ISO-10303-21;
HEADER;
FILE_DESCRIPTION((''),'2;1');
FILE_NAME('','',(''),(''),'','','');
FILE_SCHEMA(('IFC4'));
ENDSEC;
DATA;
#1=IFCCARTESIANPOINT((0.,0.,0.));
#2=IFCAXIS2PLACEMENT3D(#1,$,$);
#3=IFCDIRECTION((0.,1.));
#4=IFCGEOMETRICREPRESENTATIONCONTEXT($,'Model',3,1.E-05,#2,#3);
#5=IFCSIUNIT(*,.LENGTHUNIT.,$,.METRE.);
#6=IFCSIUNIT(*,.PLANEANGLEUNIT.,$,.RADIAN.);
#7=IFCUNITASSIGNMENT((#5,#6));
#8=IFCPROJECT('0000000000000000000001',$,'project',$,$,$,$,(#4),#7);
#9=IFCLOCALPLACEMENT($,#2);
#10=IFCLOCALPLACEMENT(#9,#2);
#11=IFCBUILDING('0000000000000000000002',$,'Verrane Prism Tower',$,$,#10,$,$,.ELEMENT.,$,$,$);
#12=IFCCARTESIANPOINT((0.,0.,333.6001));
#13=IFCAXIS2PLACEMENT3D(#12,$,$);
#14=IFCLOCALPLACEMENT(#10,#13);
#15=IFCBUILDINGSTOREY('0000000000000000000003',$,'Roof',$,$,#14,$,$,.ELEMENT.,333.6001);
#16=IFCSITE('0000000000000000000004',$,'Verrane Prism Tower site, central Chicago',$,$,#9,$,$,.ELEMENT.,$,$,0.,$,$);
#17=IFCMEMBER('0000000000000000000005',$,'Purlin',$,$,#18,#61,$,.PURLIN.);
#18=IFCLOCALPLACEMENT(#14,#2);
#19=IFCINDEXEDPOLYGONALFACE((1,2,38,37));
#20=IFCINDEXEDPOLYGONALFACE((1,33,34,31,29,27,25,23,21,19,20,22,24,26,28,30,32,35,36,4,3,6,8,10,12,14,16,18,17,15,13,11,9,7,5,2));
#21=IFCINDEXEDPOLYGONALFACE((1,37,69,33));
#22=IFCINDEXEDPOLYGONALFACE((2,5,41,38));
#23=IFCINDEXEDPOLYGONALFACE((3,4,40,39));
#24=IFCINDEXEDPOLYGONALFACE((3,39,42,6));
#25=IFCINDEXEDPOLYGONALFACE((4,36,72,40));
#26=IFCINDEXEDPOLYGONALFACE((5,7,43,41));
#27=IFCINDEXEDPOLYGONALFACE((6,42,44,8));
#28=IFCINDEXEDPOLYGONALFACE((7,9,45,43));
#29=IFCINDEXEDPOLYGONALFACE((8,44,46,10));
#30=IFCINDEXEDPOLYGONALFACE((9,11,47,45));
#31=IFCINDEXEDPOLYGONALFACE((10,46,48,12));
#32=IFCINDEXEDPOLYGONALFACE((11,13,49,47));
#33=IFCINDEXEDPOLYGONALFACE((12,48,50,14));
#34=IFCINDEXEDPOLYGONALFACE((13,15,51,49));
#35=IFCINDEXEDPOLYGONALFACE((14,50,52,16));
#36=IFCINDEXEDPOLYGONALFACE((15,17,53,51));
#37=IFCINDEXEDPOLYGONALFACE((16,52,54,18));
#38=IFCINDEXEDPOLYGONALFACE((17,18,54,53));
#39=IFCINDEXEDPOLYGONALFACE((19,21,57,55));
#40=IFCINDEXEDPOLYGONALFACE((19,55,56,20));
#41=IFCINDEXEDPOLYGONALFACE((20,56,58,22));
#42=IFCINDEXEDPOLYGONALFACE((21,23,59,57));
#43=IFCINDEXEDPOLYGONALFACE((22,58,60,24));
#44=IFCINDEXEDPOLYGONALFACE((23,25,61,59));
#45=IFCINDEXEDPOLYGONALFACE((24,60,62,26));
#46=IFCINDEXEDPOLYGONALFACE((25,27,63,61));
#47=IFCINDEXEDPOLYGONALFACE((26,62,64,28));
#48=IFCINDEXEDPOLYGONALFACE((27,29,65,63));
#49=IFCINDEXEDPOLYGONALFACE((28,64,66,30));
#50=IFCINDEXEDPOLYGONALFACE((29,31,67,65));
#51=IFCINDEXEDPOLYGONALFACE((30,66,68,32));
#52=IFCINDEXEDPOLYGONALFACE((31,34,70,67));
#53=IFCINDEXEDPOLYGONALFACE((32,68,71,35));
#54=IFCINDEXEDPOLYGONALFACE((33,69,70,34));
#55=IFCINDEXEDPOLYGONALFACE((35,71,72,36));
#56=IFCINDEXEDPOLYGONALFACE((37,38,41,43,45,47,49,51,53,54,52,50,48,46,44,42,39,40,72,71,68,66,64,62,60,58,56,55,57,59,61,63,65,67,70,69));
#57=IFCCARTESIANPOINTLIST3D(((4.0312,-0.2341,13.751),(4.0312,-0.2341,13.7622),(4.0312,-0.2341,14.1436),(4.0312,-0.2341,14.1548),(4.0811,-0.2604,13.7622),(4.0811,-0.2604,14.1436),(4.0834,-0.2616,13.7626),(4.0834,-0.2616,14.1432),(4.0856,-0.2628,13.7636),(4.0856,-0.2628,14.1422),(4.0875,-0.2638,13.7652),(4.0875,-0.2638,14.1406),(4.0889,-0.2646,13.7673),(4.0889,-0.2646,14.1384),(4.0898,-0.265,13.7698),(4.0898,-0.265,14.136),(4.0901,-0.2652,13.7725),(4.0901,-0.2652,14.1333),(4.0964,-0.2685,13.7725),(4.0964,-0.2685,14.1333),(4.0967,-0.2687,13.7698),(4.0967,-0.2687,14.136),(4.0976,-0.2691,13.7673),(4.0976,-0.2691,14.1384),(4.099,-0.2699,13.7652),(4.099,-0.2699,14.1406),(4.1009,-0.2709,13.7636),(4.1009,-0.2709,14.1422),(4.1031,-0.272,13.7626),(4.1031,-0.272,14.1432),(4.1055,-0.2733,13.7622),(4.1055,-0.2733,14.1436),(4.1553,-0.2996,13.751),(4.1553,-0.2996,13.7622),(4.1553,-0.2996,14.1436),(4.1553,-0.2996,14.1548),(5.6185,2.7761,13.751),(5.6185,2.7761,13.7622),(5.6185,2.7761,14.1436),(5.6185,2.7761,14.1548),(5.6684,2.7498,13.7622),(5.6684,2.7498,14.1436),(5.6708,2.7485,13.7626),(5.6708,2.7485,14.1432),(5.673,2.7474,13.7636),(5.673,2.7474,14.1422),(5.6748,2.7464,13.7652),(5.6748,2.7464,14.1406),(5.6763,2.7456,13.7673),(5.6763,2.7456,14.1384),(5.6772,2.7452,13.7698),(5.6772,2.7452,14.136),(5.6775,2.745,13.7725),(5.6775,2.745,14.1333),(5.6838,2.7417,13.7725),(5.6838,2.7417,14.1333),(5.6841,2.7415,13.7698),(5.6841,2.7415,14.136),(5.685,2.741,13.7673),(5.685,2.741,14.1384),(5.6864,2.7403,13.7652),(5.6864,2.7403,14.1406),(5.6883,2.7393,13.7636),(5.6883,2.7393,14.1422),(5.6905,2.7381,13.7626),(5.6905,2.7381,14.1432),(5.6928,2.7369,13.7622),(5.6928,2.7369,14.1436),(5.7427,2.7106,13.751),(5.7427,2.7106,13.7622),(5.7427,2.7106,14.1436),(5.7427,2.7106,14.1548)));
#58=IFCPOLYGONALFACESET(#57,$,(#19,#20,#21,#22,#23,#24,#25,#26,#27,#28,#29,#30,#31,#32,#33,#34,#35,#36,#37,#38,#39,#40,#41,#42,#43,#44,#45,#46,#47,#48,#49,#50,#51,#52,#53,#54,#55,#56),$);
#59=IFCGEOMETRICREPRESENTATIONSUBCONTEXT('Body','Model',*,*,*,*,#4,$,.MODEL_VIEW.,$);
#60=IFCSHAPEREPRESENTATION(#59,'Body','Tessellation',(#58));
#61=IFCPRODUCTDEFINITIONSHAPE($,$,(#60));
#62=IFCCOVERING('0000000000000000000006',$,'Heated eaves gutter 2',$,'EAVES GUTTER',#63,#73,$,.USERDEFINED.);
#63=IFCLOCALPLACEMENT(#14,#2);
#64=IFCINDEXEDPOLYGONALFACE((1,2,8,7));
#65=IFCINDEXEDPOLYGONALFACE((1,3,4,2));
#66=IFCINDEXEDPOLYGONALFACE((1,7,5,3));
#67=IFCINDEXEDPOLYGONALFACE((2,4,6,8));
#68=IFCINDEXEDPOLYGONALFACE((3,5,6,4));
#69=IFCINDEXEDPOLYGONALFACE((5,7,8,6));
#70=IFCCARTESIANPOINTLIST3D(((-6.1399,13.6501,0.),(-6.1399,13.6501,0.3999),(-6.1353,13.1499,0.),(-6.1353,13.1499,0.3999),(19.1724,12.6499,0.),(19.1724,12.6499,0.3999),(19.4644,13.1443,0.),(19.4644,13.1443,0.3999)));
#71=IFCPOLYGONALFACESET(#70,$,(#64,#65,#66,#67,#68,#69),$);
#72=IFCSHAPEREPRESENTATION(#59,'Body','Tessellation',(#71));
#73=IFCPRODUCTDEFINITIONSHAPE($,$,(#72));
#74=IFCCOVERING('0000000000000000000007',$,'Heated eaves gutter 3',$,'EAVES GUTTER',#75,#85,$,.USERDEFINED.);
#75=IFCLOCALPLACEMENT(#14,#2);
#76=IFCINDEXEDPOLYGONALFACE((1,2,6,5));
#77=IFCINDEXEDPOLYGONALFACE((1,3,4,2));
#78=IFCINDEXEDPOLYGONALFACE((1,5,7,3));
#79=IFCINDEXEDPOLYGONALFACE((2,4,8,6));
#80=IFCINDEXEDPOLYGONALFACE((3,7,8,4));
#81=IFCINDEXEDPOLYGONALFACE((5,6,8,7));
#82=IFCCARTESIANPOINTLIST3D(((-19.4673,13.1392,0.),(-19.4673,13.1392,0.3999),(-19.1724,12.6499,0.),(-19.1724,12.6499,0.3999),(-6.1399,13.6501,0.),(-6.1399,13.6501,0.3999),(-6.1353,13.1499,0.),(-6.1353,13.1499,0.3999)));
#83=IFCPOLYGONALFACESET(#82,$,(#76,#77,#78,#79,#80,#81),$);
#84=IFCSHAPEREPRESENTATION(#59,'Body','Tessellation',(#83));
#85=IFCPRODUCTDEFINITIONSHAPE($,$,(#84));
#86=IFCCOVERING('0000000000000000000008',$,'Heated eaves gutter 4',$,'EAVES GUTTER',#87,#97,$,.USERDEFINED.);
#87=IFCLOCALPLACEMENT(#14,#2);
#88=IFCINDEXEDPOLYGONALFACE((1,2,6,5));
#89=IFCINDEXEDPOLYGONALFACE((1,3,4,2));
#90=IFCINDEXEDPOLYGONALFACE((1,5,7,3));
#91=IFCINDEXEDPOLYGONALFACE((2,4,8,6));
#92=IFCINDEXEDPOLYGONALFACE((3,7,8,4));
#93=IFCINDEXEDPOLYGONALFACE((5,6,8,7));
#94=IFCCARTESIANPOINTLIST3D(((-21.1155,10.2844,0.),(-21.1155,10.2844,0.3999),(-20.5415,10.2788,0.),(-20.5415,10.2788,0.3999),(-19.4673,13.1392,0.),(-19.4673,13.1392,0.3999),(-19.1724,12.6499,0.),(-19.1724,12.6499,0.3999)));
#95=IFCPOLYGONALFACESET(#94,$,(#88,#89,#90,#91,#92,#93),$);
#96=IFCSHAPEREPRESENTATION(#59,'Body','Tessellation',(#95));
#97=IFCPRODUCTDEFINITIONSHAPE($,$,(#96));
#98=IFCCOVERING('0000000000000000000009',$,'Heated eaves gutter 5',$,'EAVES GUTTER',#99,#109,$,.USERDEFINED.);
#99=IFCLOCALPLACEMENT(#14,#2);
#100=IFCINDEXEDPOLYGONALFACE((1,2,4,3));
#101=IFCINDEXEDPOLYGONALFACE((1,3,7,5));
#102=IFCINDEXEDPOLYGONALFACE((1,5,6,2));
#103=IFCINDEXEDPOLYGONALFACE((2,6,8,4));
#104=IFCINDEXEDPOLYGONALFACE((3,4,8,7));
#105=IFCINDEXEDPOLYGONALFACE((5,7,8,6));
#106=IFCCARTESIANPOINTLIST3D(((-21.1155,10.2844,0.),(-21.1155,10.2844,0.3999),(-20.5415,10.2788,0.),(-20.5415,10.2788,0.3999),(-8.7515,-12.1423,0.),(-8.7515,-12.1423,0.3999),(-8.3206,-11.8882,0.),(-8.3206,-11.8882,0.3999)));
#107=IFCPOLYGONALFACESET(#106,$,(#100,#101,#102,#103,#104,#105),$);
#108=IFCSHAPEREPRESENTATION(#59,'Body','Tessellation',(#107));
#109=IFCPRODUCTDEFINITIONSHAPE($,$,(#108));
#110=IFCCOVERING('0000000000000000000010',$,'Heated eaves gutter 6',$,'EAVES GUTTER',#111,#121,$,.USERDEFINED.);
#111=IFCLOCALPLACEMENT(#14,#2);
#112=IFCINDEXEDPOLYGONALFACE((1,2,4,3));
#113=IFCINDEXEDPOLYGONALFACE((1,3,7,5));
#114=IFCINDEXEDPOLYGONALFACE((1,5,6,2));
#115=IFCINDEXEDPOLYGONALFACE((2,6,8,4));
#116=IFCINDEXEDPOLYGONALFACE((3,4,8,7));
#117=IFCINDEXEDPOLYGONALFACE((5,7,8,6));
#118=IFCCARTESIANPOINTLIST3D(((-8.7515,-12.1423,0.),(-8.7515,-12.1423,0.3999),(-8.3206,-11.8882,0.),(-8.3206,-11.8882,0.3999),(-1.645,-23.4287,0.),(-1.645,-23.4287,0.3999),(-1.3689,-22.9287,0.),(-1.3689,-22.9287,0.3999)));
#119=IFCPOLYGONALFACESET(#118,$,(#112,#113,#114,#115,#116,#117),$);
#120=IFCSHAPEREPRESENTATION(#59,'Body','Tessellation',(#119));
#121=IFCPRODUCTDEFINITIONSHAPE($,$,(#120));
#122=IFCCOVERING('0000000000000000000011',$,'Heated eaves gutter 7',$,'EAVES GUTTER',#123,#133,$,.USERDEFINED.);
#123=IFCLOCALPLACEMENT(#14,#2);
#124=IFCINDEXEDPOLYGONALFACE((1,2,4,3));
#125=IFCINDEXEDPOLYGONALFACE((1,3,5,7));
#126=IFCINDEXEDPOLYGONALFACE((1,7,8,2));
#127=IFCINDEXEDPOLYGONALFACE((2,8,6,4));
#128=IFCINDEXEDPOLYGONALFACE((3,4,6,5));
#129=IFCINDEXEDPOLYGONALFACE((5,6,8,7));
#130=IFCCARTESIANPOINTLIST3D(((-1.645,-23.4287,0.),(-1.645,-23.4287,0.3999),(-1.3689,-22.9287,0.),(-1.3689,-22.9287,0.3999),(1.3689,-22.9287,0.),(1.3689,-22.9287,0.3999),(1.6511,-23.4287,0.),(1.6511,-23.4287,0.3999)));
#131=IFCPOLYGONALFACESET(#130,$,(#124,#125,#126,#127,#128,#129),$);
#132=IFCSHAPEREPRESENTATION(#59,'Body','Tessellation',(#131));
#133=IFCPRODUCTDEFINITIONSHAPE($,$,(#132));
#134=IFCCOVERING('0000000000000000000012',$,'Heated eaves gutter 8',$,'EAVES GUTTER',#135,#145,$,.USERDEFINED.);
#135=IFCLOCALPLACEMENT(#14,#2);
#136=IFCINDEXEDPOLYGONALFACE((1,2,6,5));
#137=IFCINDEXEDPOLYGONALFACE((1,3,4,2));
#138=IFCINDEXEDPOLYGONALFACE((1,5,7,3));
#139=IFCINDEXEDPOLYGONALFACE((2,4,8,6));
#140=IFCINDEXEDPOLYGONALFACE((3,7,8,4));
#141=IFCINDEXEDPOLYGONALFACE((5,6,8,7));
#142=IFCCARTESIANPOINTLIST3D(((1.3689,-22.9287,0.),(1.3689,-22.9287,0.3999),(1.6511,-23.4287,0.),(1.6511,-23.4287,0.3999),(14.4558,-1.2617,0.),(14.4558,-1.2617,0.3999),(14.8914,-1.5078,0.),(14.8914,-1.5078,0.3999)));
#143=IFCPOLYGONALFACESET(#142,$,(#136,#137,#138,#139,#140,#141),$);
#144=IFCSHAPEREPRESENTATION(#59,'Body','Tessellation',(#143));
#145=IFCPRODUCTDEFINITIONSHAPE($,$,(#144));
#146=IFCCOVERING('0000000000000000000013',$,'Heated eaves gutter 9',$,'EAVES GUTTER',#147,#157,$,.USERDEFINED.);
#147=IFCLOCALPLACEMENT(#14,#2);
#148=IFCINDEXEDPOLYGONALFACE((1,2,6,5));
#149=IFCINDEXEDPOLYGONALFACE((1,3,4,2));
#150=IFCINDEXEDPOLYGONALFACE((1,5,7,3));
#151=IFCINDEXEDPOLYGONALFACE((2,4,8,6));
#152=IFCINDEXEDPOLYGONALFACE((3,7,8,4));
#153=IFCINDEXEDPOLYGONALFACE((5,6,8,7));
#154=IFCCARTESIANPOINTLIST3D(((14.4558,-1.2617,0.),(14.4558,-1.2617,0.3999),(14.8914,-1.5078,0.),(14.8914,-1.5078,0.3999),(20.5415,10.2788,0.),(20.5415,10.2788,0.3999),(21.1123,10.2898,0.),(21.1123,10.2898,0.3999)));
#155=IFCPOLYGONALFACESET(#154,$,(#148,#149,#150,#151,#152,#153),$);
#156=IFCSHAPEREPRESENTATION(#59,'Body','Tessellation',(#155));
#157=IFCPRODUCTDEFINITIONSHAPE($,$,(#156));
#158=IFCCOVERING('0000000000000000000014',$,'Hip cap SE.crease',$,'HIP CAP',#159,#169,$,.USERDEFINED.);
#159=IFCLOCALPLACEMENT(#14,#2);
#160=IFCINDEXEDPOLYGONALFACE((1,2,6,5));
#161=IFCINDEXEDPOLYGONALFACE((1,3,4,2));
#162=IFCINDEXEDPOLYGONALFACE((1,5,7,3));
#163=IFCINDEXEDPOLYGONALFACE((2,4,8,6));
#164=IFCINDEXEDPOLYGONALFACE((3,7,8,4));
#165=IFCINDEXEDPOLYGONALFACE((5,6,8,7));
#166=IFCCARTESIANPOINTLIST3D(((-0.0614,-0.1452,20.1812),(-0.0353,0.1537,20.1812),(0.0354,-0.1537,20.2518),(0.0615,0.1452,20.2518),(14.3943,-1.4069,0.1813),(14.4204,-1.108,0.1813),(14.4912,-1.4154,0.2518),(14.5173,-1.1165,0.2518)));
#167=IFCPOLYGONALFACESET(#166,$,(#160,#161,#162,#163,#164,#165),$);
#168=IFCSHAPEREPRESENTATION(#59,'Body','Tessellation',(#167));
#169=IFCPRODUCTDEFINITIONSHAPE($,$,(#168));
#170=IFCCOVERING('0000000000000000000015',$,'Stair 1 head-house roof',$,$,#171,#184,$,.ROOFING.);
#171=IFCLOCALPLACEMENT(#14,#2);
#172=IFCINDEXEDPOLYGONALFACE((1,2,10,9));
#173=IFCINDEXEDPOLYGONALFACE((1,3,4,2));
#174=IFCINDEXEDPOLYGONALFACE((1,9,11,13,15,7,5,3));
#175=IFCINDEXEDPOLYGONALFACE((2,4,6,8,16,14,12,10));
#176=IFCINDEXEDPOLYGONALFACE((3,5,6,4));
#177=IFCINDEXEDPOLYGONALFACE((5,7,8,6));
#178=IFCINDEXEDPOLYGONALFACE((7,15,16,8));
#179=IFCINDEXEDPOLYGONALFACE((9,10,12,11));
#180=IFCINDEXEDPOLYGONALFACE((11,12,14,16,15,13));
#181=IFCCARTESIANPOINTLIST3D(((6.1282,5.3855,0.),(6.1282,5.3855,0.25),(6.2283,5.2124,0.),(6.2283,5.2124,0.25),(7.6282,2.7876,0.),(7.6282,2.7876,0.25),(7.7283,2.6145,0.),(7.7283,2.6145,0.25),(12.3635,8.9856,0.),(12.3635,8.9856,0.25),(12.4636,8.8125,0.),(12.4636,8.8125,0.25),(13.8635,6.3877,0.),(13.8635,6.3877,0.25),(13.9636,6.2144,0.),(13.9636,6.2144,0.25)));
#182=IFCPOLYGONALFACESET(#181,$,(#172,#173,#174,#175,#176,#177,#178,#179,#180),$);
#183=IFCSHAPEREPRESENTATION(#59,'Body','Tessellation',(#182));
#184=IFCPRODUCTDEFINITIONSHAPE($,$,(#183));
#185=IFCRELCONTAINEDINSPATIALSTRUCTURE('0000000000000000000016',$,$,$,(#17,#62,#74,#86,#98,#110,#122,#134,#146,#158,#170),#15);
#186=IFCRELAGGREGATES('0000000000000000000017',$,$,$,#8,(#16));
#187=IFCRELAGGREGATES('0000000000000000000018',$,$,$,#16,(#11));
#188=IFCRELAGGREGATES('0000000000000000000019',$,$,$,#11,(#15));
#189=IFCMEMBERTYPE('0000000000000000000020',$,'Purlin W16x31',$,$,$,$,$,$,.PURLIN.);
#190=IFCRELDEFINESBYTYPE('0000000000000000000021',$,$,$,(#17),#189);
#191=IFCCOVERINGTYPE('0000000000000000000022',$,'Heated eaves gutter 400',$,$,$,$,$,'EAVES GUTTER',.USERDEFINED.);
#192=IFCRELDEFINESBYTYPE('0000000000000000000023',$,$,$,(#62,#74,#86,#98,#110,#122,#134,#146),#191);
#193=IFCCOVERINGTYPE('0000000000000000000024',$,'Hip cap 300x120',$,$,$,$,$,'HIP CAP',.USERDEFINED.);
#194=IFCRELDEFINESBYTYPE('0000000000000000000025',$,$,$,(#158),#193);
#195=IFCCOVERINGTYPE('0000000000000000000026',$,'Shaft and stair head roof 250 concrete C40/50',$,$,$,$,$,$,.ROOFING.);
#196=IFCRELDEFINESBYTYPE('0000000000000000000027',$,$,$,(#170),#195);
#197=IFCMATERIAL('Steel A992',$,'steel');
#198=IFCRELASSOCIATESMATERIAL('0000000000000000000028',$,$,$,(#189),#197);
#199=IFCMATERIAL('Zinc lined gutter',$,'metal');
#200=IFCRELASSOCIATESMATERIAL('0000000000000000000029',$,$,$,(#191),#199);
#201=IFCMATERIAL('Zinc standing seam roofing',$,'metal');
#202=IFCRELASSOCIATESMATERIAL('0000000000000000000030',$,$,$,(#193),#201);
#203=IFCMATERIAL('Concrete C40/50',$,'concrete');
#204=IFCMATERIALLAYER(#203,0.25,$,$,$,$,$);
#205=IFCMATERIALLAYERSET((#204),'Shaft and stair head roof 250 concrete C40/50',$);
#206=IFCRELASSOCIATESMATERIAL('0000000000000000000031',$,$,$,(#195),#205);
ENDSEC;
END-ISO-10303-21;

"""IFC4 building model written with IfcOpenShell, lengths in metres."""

from ifc_helpers import new_model, si_unit, direction, frame, origin, origin_2d, place, context, subcontext, project, spatial, polyline, rectangle, i_section, outline, extrude, material, layer, layer_set, material_profile, profile_set, type_object, element, save


model = new_model("IFC4")

# Units and contexts
model_context = context("Model", 3, precision=1e-05, world=origin(), true_north=direction((0.0, 1.0)))
body_context = subcontext(model_context, "Body", "Model", "MODEL_VIEW")
ifc_project = project(units=[si_unit("LENGTHUNIT", "METRE"), si_unit("PLANEANGLEUNIT", "RADIAN")], contexts=[model_context])

# Site, building, storey
site_placement = place(None, origin())
site = spatial("IfcSite", under=ifc_project, at=site_placement, Name="Verrane Prism Tower site, central Chicago", CompositionType="ELEMENT", RefElevation=0.0)
building_placement = place(site_placement, origin())
building = spatial("IfcBuilding", under=site, at=building_placement, Name="Verrane Prism Tower", CompositionType="ELEMENT")
storey_placement = place(building_placement, frame((0.0, 0.0, 333.6001)))
storey = spatial("IfcBuildingStorey", under=building, at=storey_placement, Name="Roof", CompositionType="ELEMENT", Elevation=333.6001)

# Member
ifc_material_1 = material(Name="Steel A992", Category="steel")
ifc_material_profile_1 = material_profile(ifc_material_1, i_section(OverallWidth=0.1404, OverallDepth=0.4038, WebThickness=0.0071, FlangeThickness=0.0112, FilletRadius=0.0103, at=origin_2d()), Name="W16x31")
ifc_profile_set_1 = profile_set([ifc_material_profile_1], Name="Steel A992")
member_type_1 = type_object("IfcMemberType", Name="Purlin W16x31", PredefinedType="PURLIN", material=ifc_profile_set_1)
member_1_placement = place(storey_placement, frame((4.0933, -0.2668, 13.9529), z_axis=(0.46645, 0.884548, 0.0), x_axis=(-0.884548, 0.46645, 0.0)))
element("IfcMember", 1, at=member_1_placement, inside=storey, type_object=member_type_1, Name="Purlin", PredefinedType="PURLIN", context=body_context, shape_type="SweptSolid", body=[
    extrude(i_section(OverallWidth=0.1404, OverallDepth=0.4038, WebThickness=0.0071, FlangeThickness=0.0112, FilletRadius=0.0103, at=origin_2d()), origin(), (0.0, 0.0, 1.0), 3.4031),
])

# Coverings
ifc_material_2 = material(Name="Zinc lined gutter", Category="metal")
covering_type_1 = type_object("IfcCoveringType", Name="Heated eaves gutter 400", ElementType="EAVES GUTTER", PredefinedType="USERDEFINED", material=ifc_material_2)
covering_1_placement = place(storey_placement, origin())
element("IfcCovering", 2, at=covering_1_placement, inside=storey, type_object=covering_type_1, Name="Heated eaves gutter 2", ObjectType="EAVES GUTTER", PredefinedType="USERDEFINED", context=body_context, shape_type="SweptSolid", body=[
    extrude(outline(polyline([(19.4644, 13.1443), (-6.1399, 13.6501), (-6.1353, 13.1499), (19.1724, 12.6499), (19.4644, 13.1443)])), origin(), (0.0, 0.0, 1.0), 0.3999),
])
covering_2_placement = place(storey_placement, origin())
element("IfcCovering", 3, at=covering_2_placement, inside=storey, type_object=covering_type_1, Name="Heated eaves gutter 3", ObjectType="EAVES GUTTER", PredefinedType="USERDEFINED", context=body_context, shape_type="SweptSolid", body=[
    extrude(outline(polyline([(-6.1399, 13.6501), (-19.4673, 13.1392), (-19.1724, 12.6499), (-6.1353, 13.1499), (-6.1399, 13.6501)])), origin(), (0.0, 0.0, 1.0), 0.3999),
])
covering_3_placement = place(storey_placement, origin())
element("IfcCovering", 4, at=covering_3_placement, inside=storey, type_object=covering_type_1, Name="Heated eaves gutter 4", ObjectType="EAVES GUTTER", PredefinedType="USERDEFINED", context=body_context, shape_type="SweptSolid", body=[
    extrude(outline(polyline([(-19.4673, 13.1392), (-21.1155, 10.2844), (-20.5415, 10.2788), (-19.1724, 12.6499), (-19.4673, 13.1392)])), origin(), (0.0, 0.0, 1.0), 0.3999),
])
covering_4_placement = place(storey_placement, origin())
element("IfcCovering", 5, at=covering_4_placement, inside=storey, type_object=covering_type_1, Name="Heated eaves gutter 5", ObjectType="EAVES GUTTER", PredefinedType="USERDEFINED", context=body_context, shape_type="SweptSolid", body=[
    extrude(outline(polyline([(-21.1155, 10.2844), (-8.7515, -12.1423), (-8.3206, -11.8882), (-20.5415, 10.2788), (-21.1155, 10.2844)])), origin(), (0.0, 0.0, 1.0), 0.3999),
])
covering_5_placement = place(storey_placement, origin())
element("IfcCovering", 6, at=covering_5_placement, inside=storey, type_object=covering_type_1, Name="Heated eaves gutter 6", ObjectType="EAVES GUTTER", PredefinedType="USERDEFINED", context=body_context, shape_type="SweptSolid", body=[
    extrude(outline(polyline([(-8.7515, -12.1423), (-1.645, -23.4287), (-1.3689, -22.9287), (-8.3206, -11.8882), (-8.7515, -12.1423)])), origin(), (0.0, 0.0, 1.0), 0.3999),
])
covering_6_placement = place(storey_placement, origin())
element("IfcCovering", 7, at=covering_6_placement, inside=storey, type_object=covering_type_1, Name="Heated eaves gutter 7", ObjectType="EAVES GUTTER", PredefinedType="USERDEFINED", context=body_context, shape_type="SweptSolid", body=[
    extrude(outline(polyline([(-1.645, -23.4287), (1.6511, -23.4287), (1.3689, -22.9287), (-1.3689, -22.9287), (-1.645, -23.4287)])), origin(), (0.0, 0.0, 1.0), 0.3999),
])
covering_7_placement = place(storey_placement, origin())
element("IfcCovering", 8, at=covering_7_placement, inside=storey, type_object=covering_type_1, Name="Heated eaves gutter 8", ObjectType="EAVES GUTTER", PredefinedType="USERDEFINED", context=body_context, shape_type="SweptSolid", body=[
    extrude(outline(polyline([(1.6511, -23.4287), (14.8914, -1.5078), (14.4558, -1.2617), (1.3689, -22.9287), (1.6511, -23.4287)])), origin(), (0.0, 0.0, 1.0), 0.3999),
])
covering_8_placement = place(storey_placement, origin())
element("IfcCovering", 9, at=covering_8_placement, inside=storey, type_object=covering_type_1, Name="Heated eaves gutter 9", ObjectType="EAVES GUTTER", PredefinedType="USERDEFINED", context=body_context, shape_type="SweptSolid", body=[
    extrude(outline(polyline([(14.8914, -1.5078), (21.1123, 10.2898), (20.5415, 10.2788), (14.4558, -1.2617), (14.8914, -1.5078)])), origin(), (0.0, 0.0, 1.0), 0.3999),
])
ifc_material_3 = material(Name="Zinc standing seam roofing", Category="metal")
ifc_material_profile_2 = material_profile(ifc_material_3, rectangle(XDim=0.3, YDim=0.1201, at=origin_2d()), Name="Hip cap 300x120")
ifc_profile_set_2 = profile_set([ifc_material_profile_2], Name="Zinc standing seam roofing")
covering_type_2 = type_object("IfcCoveringType", Name="Hip cap 300x120", ElementType="HIP CAP", PredefinedType="USERDEFINED", material=ifc_profile_set_2)
covering_9_placement = place(storey_placement, frame((14.4558, -1.2617, 0.2166), z_axis=(-0.585029, 0.051062, 0.809403), x_axis=(-0.086951, -0.996213, 0.0)))
element("IfcCovering", 10, at=covering_9_placement, inside=storey, type_object=covering_type_2, Name="Hip cap SE.crease", ObjectType="HIP CAP", PredefinedType="USERDEFINED", context=body_context, shape_type="SweptSolid", body=[
    extrude(rectangle(XDim=0.3, YDim=0.1201, at=origin_2d()), origin(), (0.0, 0.0, 1.0), 24.7095),
])
ifc_material_4 = material(Name="Concrete C40/50", Category="concrete")
ifc_layer_1 = layer(ifc_material_4, 0.25)
ifc_layer_set_1 = layer_set([ifc_layer_1], Name="Shaft and stair head roof 250 concrete C40/50")
covering_type_3 = type_object("IfcCoveringType", Name="Shaft and stair head roof 250 concrete C40/50", PredefinedType="ROOFING", material=ifc_layer_set_1)
covering_10_placement = place(storey_placement, origin())
element("IfcCovering", 11, at=covering_10_placement, inside=storey, type_object=covering_type_3, Name="Stair 1 head-house roof", PredefinedType="ROOFING", context=body_context, shape_type="SweptSolid", body=[
    extrude(outline(polyline([(7.7283, 2.6145), (7.6282, 2.7876), (6.2283, 5.2124), (6.1282, 5.3855), (12.3635, 8.9856), (12.4636, 8.8125), (13.8635, 6.3877), (13.9636, 6.2144), (7.7283, 2.6145)])), origin(), (0.0, 0.0, 1.0), 0.25),
])

save(model, "model.ifc")
